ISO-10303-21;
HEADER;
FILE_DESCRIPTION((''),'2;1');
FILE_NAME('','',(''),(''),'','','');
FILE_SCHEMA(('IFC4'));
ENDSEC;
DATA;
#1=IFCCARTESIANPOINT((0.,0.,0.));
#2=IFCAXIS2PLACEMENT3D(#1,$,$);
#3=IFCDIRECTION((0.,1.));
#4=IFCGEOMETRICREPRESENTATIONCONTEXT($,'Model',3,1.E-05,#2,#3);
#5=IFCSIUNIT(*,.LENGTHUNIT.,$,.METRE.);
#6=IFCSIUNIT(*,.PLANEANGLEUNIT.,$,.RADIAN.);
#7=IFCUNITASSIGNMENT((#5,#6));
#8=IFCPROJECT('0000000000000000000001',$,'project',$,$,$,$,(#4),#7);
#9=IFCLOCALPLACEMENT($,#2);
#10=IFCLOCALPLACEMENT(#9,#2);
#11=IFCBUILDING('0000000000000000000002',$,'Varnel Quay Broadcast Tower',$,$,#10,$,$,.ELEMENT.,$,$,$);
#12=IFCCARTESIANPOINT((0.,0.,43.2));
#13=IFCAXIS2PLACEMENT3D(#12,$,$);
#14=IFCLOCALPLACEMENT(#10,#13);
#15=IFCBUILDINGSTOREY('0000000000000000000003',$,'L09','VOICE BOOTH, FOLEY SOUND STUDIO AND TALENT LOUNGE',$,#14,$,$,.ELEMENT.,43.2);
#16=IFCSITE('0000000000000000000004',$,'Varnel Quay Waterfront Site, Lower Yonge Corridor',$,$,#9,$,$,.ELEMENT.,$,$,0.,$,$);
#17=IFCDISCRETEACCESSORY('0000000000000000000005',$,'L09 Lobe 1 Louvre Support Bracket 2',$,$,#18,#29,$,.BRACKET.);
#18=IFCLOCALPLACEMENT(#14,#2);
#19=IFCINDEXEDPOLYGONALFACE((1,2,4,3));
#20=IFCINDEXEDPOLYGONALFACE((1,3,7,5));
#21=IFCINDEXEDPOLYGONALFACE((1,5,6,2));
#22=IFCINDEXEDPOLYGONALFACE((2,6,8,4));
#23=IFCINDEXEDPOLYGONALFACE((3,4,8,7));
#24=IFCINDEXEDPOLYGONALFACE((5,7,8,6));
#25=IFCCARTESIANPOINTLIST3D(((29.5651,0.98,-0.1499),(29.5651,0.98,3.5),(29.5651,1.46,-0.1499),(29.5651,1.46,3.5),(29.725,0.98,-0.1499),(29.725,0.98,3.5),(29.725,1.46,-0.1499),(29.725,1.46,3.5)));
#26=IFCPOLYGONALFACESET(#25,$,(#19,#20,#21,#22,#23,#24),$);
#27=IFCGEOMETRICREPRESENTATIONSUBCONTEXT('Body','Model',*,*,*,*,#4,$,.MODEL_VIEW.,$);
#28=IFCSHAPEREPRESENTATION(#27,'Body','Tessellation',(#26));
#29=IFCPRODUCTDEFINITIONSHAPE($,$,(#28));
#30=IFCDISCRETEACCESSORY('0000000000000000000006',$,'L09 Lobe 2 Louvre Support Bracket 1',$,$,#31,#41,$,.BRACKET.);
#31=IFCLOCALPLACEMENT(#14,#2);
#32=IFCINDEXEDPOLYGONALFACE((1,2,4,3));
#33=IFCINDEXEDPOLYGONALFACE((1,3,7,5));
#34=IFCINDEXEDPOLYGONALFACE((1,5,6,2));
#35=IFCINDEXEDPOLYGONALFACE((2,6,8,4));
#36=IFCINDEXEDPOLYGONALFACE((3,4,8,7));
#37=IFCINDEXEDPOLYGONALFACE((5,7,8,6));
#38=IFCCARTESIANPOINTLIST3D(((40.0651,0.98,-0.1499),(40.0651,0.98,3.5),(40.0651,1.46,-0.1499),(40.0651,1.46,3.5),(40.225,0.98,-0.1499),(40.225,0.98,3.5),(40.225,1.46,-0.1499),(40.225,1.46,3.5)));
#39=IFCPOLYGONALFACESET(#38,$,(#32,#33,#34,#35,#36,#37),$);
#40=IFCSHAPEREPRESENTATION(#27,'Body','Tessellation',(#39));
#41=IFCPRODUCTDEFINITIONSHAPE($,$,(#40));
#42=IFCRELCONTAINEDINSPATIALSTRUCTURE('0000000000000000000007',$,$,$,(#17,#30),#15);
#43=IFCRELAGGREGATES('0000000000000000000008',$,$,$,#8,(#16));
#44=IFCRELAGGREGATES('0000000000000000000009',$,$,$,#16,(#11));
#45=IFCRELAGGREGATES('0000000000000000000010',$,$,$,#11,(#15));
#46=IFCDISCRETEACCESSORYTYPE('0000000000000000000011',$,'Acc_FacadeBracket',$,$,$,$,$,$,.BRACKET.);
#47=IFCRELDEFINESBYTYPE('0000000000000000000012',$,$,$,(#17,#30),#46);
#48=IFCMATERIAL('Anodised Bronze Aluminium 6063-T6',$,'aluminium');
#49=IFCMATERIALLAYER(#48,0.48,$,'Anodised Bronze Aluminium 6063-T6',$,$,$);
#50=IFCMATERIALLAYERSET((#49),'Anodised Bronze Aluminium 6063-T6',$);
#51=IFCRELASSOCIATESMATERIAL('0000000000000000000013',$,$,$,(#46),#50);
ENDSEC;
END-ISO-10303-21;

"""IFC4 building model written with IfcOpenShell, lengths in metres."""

from ifc_helpers import new_model, si_unit, direction, frame, origin, origin_2d, place, context, subcontext, project, spatial, rectangle, extrude, source, transform, mapped, material, layer, layer_set, type_object, type_shapes, element, save


model = new_model("IFC4")

# Units and contexts
model_context = context("Model", 3, precision=1e-05, world=origin(), true_north=direction((0.0, 1.0)))
body_context = subcontext(model_context, "Body", "Model", "MODEL_VIEW")
ifc_project = project(units=[si_unit("LENGTHUNIT", "METRE"), si_unit("PLANEANGLEUNIT", "RADIAN")], contexts=[model_context])

# Site, building, storey
site_placement = place(None, origin())
site = spatial("IfcSite", under=ifc_project, at=site_placement, Name="Varnel Quay Waterfront Site, Lower Yonge Corridor", CompositionType="ELEMENT", RefElevation=0.0)
building_placement = place(site_placement, origin())
building = spatial("IfcBuilding", under=site, at=building_placement, Name="Varnel Quay Broadcast Tower", CompositionType="ELEMENT")
storey_placement = place(building_placement, frame((0.0, 0.0, 43.2)))
storey = spatial("IfcBuildingStorey", under=building, at=storey_placement, Name="L09", Description="VOICE BOOTH, FOLEY SOUND STUDIO AND TALENT LOUNGE", CompositionType="ELEMENT", Elevation=43.2)

# Shared definitions
ifc_material_1 = material(Name="Anodised Bronze Aluminium 6063-T6", Category="aluminium")

# Discrete accessories
ifc_layer_1 = layer(ifc_material_1, 0.48, Name="Anodised Bronze Aluminium 6063-T6")
ifc_layer_set_1 = layer_set([ifc_layer_1], Name="Anodised Bronze Aluminium 6063-T6")
discrete_accessory_type = type_object("IfcDiscreteAccessoryType", Name="Acc_FacadeBracket", PredefinedType="BRACKET", material=ifc_layer_set_1)
shared_shape_1 = source(origin(), body_context, "Body", "SweptSolid", [
    extrude(rectangle(XDim=0.1599, YDim=0.48, at=origin_2d()), origin(), (0.0, 0.0, 1.0), 3.6499),
])
type_shapes(discrete_accessory_type, [shared_shape_1])
for number, where, z_axis, x_axis, name in (
    (1, (29.645, 1.22, -0.1499), (0.0, 0.0, 1.0), (1.0, 0.0, 0.0), "L09 Lobe 1 Louvre Support Bracket 2"),
    (2, (40.145, 1.22, -0.1499), (0.0, 0.0, 1.0), (1.0, 0.0, 0.0), "L09 Lobe 2 Louvre Support Bracket 1"),
):
    element("IfcDiscreteAccessory", number, at=place(storey_placement, frame(where, z_axis=z_axis, x_axis=x_axis)), inside=storey, type_object=discrete_accessory_type, Name=name, PredefinedType="BRACKET", context=body_context, shape_type="MappedRepresentation", body=[
        mapped(shared_shape_1, transform((0.0, 0.0, 0.0), x_axis=(1.0, 0.0, 0.0), y_axis=(0.0, 1.0, 0.0), z_axis=(0.0, 0.0, 1.0), scale=1.0)),
    ])

save(model, "model.ifc")
